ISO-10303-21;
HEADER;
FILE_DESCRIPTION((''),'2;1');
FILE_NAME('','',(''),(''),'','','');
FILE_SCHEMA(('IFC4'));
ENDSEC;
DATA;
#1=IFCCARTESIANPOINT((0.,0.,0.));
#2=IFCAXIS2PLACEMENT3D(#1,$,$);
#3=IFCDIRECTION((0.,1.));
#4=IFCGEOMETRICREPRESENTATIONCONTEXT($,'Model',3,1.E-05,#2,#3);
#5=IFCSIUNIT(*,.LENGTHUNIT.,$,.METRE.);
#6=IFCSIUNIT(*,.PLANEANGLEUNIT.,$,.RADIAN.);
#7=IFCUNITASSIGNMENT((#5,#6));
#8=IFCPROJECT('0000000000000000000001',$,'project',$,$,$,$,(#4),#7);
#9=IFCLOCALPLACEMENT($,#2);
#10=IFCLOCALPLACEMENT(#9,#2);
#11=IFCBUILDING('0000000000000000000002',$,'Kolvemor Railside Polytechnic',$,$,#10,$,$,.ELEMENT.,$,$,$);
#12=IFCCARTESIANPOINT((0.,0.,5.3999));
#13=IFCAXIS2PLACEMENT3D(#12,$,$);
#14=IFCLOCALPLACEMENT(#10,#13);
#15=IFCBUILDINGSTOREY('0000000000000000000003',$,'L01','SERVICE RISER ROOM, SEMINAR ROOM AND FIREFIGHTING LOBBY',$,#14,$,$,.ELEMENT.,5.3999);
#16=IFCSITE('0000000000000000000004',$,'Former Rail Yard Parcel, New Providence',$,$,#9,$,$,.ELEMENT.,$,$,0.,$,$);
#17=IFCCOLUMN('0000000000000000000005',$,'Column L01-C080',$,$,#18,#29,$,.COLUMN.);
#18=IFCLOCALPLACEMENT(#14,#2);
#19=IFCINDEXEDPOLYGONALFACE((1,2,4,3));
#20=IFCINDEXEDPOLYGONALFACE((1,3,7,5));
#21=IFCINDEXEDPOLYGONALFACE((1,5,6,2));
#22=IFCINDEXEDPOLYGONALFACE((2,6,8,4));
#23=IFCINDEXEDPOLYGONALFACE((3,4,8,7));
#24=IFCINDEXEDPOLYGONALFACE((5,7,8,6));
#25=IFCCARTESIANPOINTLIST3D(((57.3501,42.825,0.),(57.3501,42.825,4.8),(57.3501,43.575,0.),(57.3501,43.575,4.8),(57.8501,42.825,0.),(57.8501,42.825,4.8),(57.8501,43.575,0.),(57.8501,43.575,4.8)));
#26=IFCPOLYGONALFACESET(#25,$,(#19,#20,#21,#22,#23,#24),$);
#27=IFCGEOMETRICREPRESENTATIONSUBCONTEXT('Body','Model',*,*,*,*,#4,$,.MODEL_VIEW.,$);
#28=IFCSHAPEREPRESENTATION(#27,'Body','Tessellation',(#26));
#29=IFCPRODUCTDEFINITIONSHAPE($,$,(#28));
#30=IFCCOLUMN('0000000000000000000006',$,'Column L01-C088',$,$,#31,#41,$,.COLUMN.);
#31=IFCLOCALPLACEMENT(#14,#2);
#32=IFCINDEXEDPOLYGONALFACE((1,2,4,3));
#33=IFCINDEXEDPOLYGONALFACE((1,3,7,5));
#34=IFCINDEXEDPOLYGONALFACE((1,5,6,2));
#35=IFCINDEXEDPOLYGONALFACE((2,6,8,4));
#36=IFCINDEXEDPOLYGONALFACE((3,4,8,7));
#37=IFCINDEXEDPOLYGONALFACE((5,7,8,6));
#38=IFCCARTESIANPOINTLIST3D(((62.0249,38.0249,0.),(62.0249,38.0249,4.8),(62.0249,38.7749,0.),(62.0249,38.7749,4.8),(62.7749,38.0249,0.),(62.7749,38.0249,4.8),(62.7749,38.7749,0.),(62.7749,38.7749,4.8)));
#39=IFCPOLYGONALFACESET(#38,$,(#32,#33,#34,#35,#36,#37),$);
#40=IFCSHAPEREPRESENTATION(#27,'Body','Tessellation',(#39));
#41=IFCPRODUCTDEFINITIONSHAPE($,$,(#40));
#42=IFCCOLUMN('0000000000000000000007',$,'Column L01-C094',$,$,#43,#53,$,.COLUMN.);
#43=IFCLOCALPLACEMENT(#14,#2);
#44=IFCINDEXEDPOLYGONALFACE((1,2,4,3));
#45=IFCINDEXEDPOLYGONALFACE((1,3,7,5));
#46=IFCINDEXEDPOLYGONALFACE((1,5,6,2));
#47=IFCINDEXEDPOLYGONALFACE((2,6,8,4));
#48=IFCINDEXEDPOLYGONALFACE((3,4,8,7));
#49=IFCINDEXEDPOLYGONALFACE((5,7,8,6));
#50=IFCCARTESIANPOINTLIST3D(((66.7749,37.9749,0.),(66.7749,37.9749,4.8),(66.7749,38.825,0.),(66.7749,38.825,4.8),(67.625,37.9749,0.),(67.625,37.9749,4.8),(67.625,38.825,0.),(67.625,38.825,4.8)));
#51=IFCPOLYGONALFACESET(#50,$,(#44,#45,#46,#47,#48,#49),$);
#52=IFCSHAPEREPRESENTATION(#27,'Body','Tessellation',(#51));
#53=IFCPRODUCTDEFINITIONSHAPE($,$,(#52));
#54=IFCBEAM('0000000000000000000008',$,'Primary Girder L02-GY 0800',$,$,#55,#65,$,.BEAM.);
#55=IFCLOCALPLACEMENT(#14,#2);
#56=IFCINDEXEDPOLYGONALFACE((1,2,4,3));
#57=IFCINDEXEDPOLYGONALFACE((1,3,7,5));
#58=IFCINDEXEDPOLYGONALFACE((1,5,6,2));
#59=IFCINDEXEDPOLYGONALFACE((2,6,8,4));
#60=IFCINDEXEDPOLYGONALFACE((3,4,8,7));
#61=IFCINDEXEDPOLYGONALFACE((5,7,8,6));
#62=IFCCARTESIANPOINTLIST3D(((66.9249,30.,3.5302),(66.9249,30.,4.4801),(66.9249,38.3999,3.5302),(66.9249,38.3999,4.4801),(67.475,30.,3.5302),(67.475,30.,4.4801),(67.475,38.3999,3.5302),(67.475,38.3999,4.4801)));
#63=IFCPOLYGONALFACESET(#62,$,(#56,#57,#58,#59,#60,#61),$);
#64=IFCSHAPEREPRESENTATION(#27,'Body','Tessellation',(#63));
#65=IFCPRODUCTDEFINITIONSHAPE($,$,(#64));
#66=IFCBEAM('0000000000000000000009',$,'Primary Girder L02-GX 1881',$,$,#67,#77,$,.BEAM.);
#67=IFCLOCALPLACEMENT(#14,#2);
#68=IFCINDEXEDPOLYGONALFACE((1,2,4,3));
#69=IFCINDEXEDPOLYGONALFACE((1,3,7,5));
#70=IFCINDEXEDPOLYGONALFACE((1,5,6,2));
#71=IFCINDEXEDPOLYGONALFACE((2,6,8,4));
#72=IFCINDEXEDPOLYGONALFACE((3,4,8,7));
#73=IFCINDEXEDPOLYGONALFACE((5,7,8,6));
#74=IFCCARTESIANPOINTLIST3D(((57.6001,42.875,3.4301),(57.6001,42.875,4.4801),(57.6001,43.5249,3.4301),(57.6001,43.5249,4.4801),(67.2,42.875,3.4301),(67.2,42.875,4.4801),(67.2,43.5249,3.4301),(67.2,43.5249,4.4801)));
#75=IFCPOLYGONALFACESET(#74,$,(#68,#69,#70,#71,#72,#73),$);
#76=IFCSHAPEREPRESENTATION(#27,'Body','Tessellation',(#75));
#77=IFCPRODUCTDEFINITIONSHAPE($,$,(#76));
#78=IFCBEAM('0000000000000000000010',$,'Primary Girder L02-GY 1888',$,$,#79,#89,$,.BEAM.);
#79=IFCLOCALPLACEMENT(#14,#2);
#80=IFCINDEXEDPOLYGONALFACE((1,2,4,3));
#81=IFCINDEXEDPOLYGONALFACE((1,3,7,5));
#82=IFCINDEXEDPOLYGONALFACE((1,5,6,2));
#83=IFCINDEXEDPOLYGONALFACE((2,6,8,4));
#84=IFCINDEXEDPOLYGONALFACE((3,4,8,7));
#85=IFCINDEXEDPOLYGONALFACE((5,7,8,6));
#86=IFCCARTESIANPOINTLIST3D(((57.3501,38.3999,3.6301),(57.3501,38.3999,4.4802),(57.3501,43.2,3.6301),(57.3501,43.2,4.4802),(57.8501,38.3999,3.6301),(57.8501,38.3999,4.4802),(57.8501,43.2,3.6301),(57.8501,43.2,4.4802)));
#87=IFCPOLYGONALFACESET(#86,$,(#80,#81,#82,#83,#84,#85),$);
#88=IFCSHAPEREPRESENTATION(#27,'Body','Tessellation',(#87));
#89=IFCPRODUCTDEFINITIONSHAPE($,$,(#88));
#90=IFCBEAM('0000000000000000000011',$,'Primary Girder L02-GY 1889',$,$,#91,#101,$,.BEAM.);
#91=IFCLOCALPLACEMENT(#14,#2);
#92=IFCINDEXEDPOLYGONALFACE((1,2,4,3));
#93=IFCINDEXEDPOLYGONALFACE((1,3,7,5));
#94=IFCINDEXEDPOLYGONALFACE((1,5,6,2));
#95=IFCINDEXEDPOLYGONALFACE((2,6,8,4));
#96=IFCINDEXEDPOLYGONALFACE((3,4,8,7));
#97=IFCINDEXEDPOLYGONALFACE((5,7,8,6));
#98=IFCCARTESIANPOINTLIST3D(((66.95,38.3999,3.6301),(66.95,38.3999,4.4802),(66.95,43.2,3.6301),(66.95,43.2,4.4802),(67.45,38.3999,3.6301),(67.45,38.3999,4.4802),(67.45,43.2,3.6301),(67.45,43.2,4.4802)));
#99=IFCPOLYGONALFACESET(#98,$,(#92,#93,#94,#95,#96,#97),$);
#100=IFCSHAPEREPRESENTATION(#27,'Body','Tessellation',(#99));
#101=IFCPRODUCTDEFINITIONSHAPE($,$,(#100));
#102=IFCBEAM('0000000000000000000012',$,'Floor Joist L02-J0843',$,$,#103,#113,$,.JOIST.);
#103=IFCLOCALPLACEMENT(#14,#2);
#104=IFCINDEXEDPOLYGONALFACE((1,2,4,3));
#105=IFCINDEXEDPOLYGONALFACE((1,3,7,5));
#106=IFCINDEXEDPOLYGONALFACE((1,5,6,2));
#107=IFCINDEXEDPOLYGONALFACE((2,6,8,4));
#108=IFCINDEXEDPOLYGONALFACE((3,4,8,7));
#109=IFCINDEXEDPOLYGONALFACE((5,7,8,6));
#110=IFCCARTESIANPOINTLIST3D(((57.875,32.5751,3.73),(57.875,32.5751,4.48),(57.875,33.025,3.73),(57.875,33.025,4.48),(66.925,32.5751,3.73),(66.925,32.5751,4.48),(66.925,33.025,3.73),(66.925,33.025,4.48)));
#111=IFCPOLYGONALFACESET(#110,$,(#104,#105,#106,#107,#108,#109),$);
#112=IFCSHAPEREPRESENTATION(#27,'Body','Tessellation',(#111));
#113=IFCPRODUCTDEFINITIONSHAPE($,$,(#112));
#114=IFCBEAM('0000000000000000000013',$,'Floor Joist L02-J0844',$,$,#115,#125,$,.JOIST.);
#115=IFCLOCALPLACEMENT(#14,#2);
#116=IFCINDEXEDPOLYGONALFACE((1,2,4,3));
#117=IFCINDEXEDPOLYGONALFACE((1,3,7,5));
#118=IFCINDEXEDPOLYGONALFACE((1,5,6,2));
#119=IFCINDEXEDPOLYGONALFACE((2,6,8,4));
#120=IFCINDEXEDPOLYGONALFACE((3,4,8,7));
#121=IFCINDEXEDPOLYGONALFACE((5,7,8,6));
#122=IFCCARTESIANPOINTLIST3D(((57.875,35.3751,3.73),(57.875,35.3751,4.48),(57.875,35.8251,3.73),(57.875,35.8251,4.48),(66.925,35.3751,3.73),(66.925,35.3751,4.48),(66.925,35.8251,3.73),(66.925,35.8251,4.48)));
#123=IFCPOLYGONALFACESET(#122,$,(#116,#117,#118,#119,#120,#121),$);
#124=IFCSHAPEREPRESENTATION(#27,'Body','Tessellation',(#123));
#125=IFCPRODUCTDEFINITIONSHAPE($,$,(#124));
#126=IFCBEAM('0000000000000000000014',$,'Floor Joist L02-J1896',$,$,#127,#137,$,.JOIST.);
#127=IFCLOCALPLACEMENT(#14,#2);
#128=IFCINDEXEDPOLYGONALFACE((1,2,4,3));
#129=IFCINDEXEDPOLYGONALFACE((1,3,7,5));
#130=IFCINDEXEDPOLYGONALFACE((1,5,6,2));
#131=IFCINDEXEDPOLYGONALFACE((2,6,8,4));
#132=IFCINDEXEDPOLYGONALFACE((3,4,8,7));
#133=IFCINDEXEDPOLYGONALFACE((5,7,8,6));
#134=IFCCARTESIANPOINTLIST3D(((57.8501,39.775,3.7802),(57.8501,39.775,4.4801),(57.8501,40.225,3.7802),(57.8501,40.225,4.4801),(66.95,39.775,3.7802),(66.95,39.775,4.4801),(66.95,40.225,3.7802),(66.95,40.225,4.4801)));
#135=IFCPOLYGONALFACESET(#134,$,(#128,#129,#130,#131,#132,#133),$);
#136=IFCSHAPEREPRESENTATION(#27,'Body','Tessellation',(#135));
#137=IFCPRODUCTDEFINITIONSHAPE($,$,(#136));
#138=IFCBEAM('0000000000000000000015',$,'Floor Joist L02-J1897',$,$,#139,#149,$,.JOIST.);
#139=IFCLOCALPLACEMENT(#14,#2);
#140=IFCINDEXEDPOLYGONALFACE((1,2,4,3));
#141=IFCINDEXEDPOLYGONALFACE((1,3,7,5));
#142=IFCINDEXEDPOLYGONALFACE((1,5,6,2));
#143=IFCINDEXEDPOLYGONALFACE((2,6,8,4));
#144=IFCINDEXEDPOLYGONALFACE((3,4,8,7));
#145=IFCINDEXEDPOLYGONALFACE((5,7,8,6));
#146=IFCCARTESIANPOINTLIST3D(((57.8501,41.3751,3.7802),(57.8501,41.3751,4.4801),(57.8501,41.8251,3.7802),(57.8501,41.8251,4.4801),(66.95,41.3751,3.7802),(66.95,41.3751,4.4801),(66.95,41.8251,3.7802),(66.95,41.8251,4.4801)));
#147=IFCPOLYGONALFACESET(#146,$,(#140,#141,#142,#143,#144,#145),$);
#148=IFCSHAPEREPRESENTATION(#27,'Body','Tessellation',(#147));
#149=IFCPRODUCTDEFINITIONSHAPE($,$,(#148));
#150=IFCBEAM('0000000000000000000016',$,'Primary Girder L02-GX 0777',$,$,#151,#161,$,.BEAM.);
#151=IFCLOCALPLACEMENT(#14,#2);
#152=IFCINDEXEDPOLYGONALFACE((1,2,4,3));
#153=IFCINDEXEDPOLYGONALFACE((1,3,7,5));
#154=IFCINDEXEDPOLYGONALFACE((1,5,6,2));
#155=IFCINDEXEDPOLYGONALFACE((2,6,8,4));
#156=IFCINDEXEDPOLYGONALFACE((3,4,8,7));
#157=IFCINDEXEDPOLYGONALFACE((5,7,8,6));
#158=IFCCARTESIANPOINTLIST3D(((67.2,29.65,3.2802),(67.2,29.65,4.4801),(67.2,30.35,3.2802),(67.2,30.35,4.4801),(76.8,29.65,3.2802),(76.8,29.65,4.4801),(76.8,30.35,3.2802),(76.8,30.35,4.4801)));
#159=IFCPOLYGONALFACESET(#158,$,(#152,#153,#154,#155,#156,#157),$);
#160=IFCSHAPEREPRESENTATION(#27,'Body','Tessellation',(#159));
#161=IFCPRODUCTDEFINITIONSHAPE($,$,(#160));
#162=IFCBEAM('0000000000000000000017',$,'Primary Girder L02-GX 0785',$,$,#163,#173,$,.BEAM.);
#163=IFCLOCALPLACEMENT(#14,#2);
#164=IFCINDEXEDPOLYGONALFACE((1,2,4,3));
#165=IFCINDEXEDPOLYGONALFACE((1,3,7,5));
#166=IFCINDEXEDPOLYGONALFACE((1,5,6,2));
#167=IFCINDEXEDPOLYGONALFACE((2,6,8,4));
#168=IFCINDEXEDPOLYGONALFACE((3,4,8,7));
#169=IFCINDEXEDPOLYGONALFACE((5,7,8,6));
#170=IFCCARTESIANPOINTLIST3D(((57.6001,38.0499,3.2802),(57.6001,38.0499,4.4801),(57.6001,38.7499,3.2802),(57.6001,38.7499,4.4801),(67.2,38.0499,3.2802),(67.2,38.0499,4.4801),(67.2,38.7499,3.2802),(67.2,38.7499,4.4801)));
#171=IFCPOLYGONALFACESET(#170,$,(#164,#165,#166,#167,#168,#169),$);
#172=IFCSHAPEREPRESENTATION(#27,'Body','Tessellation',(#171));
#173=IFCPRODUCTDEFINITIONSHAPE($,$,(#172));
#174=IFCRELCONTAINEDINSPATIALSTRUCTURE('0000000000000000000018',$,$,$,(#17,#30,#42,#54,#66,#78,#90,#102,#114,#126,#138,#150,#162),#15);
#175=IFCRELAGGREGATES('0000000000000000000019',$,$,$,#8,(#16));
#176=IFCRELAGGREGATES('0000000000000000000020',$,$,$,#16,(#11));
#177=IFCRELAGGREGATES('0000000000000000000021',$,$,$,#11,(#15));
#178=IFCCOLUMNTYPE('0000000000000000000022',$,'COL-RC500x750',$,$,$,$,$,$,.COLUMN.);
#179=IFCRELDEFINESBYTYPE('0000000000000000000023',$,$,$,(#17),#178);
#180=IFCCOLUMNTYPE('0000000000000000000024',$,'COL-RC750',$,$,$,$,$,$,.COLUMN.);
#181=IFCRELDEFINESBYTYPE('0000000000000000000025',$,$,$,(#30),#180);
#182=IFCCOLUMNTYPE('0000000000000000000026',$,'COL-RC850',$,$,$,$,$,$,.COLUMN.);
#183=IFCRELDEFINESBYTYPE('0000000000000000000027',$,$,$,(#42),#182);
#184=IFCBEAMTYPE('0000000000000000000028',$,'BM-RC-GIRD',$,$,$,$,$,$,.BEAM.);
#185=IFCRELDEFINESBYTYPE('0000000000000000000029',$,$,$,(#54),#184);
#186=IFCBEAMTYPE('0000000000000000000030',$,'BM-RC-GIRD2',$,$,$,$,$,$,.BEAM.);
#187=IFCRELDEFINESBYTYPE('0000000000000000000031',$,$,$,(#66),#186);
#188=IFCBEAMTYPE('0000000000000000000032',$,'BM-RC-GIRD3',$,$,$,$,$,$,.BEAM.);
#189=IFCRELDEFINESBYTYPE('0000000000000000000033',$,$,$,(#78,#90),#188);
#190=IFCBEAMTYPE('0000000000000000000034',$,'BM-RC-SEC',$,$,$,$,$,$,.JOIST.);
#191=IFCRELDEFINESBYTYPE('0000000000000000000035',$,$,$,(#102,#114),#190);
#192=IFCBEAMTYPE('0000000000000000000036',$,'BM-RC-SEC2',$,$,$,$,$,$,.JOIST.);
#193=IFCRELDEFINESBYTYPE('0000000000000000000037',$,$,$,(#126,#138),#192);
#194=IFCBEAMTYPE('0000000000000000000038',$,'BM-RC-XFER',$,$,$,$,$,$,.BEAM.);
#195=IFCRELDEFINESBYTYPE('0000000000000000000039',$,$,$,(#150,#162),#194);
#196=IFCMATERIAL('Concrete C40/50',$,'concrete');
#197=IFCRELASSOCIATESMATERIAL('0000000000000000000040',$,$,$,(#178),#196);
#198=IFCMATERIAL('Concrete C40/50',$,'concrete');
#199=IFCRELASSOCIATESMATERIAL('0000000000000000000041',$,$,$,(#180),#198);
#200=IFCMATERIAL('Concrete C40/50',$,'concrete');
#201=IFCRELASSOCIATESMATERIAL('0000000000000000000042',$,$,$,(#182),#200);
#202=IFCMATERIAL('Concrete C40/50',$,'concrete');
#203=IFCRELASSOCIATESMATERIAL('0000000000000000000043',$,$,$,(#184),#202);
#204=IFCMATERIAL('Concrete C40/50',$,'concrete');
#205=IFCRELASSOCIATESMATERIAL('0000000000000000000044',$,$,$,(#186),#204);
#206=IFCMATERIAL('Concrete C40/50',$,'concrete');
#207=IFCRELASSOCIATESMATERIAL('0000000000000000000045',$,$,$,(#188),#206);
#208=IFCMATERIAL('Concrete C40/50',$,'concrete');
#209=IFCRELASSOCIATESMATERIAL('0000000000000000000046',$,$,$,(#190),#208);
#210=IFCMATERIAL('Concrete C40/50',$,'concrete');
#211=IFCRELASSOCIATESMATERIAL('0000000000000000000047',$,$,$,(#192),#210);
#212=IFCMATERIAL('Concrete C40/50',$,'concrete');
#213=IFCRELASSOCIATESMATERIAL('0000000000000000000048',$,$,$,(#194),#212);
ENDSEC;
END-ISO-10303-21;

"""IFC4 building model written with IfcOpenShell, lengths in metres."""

from ifc_helpers import new_model, si_unit, direction, frame, origin, origin_2d, place, context, subcontext, project, spatial, rectangle, extrude, material, material_profile, profile_set, type_object, element, save


model = new_model("IFC4")

# Units and contexts
model_context = context("Model", 3, precision=1e-05, world=origin(), true_north=direction((0.0, 1.0)))
body_context = subcontext(model_context, "Body", "Model", "MODEL_VIEW")
ifc_project = project(units=[si_unit("LENGTHUNIT", "METRE"), si_unit("PLANEANGLEUNIT", "RADIAN")], contexts=[model_context])

# Site, building, storey
site_placement = place(None, origin())
site = spatial("IfcSite", under=ifc_project, at=site_placement, Name="Former Rail Yard Parcel, New Providence", CompositionType="ELEMENT", RefElevation=0.0)
building_placement = place(site_placement, origin())
building = spatial("IfcBuilding", under=site, at=building_placement, Name="Kolvemor Railside Polytechnic", CompositionType="ELEMENT")
storey_placement = place(building_placement, frame((0.0, 0.0, 5.3999)))
storey = spatial("IfcBuildingStorey", under=building, at=storey_placement, Name="L01", Description="SERVICE RISER ROOM, SEMINAR ROOM AND FIREFIGHTING LOBBY", CompositionType="ELEMENT", Elevation=5.3999)

# Columns
ifc_material_1 = material(Name="Concrete C40/50", Category="concrete")
ifc_material_profile_1 = material_profile(ifc_material_1, rectangle(XDim=0.5, YDim=0.75, at=origin_2d()), Name="RC500x750")
ifc_profile_set_1 = profile_set([ifc_material_profile_1], Name="Concrete C40/50")
column_type_1 = type_object("IfcColumnType", Name="COL-RC500x750", PredefinedType="COLUMN", material=ifc_profile_set_1)
column_1_placement = place(storey_placement, frame((57.6001, 43.2, 0.0), z_axis=(0.0, 0.0, 1.0), x_axis=(1.0, 0.0, 0.0)))
element("IfcColumn", 1, at=column_1_placement, inside=storey, type_object=column_type_1, Name="Column L01-C080", PredefinedType="COLUMN", context=body_context, shape_type="SweptSolid", body=[
    extrude(rectangle(XDim=0.5, YDim=0.75, at=origin_2d()), origin(), (0.0, 0.0, 1.0), 4.8),
])
ifc_material_2 = material(Name="Concrete C40/50", Category="concrete")
ifc_material_profile_2 = material_profile(ifc_material_2, rectangle(XDim=0.75, YDim=0.75, at=origin_2d()), Name="RC750x750")
ifc_profile_set_2 = profile_set([ifc_material_profile_2], Name="Concrete C40/50")
column_type_2 = type_object("IfcColumnType", Name="COL-RC750", PredefinedType="COLUMN", material=ifc_profile_set_2)
column_2_placement = place(storey_placement, frame((62.3999, 38.3999, 0.0), z_axis=(0.0, 0.0, 1.0), x_axis=(1.0, 0.0, 0.0)))
element("IfcColumn", 2, at=column_2_placement, inside=storey, type_object=column_type_2, Name="Column L01-C088", PredefinedType="COLUMN", context=body_context, shape_type="SweptSolid", body=[
    extrude(rectangle(XDim=0.75, YDim=0.75, at=origin_2d()), origin(), (0.0, 0.0, 1.0), 4.8),
])
ifc_material_3 = material(Name="Concrete C40/50", Category="concrete")
ifc_material_profile_3 = material_profile(ifc_material_3, rectangle(XDim=0.8501, YDim=0.8501, at=origin_2d()), Name="RC850x850")
ifc_profile_set_3 = profile_set([ifc_material_profile_3], Name="Concrete C40/50")
column_type_3 = type_object("IfcColumnType", Name="COL-RC850", PredefinedType="COLUMN", material=ifc_profile_set_3)
column_3_placement = place(storey_placement, frame((67.2, 38.3999, 0.0), z_axis=(0.0, 0.0, 1.0), x_axis=(1.0, 0.0, 0.0)))
element("IfcColumn", 3, at=column_3_placement, inside=storey, type_object=column_type_3, Name="Column L01-C094", PredefinedType="COLUMN", context=body_context, shape_type="SweptSolid", body=[
    extrude(rectangle(XDim=0.8501, YDim=0.8501, at=origin_2d()), origin(), (0.0, 0.0, 1.0), 4.8),
])

# Beams
ifc_material_4 = material(Name="Concrete C40/50", Category="concrete")
ifc_material_profile_4 = material_profile(ifc_material_4, rectangle(XDim=0.55, YDim=0.95, at=origin_2d()), Name="RC550x950")
ifc_profile_set_4 = profile_set([ifc_material_profile_4], Name="Concrete C40/50")
beam_type_1 = type_object("IfcBeamType", Name="BM-RC-GIRD", PredefinedType="BEAM", material=ifc_profile_set_4)
beam_1_placement = place(storey_placement, frame((67.2, 30.0, 4.0051), z_axis=(0.0, 1.0, 0.0), x_axis=(-1.0, 0.0, 0.0)))
element("IfcBeam", 4, at=beam_1_placement, inside=storey, type_object=beam_type_1, Name="Primary Girder L02-GY 0800", PredefinedType="BEAM", context=body_context, shape_type="SweptSolid", body=[
    extrude(rectangle(XDim=0.55, YDim=0.95, at=origin_2d()), origin(), (0.0, 0.0, 1.0), 8.3999),
])
ifc_material_5 = material(Name="Concrete C40/50", Category="concrete")
ifc_material_profile_5 = material_profile(ifc_material_5, rectangle(XDim=0.6499, YDim=1.05, at=origin_2d()), Name="RC650x1050")
ifc_profile_set_5 = profile_set([ifc_material_profile_5], Name="Concrete C40/50")
beam_type_2 = type_object("IfcBeamType", Name="BM-RC-GIRD2", PredefinedType="BEAM", material=ifc_profile_set_5)
beam_2_placement = place(storey_placement, frame((57.6001, 43.2, 3.9551), z_axis=(1.0, 0.0, 0.0), x_axis=(0.0, 1.0, 0.0)))
element("IfcBeam", 5, at=beam_2_placement, inside=storey, type_object=beam_type_2, Name="Primary Girder L02-GX 1881", PredefinedType="BEAM", context=body_context, shape_type="SweptSolid", body=[
    extrude(rectangle(XDim=0.6499, YDim=1.05, at=origin_2d()), origin(), (0.0, 0.0, 1.0), 9.5999),
])
ifc_material_6 = material(Name="Concrete C40/50", Category="concrete")
ifc_material_profile_6 = material_profile(ifc_material_6, rectangle(XDim=0.5, YDim=0.8501, at=origin_2d()), Name="RC500x850")
ifc_profile_set_6 = profile_set([ifc_material_profile_6], Name="Concrete C40/50")
beam_type_3 = type_object("IfcBeamType", Name="BM-RC-GIRD3", PredefinedType="BEAM", material=ifc_profile_set_6)
for number, where, z_axis, x_axis, name in (
    (6, (57.6001, 38.3999, 4.0552), (0.0, 1.0, 0.0), (-1.0, 0.0, 0.0), "Primary Girder L02-GY 1888"),
    (7, (67.2, 38.3999, 4.0552), (0.0, 1.0, 0.0), (-1.0, 0.0, 0.0), "Primary Girder L02-GY 1889"),
):
    element("IfcBeam", number, at=place(storey_placement, frame(where, z_axis=z_axis, x_axis=x_axis)), inside=storey, type_object=beam_type_3, Name=name, PredefinedType="BEAM", context=body_context, shape_type="SweptSolid", body=[
        extrude(rectangle(XDim=0.5, YDim=0.8501, at=origin_2d()), origin(), (0.0, 0.0, 1.0), 4.8),
    ])
ifc_material_7 = material(Name="Concrete C40/50", Category="concrete")
ifc_material_profile_7 = material_profile(ifc_material_7, rectangle(XDim=0.45, YDim=0.75, at=origin_2d()), Name="RC450x750")
ifc_profile_set_7 = profile_set([ifc_material_profile_7], Name="Concrete C40/50")
beam_type_4 = type_object("IfcBeamType", Name="BM-RC-SEC", PredefinedType="JOIST", material=ifc_profile_set_7)
for number, where, z_axis, x_axis, name in (
    (8, (57.875, 32.8, 4.105), (1.0, 0.0, 0.0), (0.0, 1.0, 0.0), "Floor Joist L02-J0843"),
    (9, (57.875, 35.6001, 4.105), (1.0, 0.0, 0.0), (0.0, 1.0, 0.0), "Floor Joist L02-J0844"),
):
    element("IfcBeam", number, at=place(storey_placement, frame(where, z_axis=z_axis, x_axis=x_axis)), inside=storey, type_object=beam_type_4, Name=name, PredefinedType="JOIST", context=body_context, shape_type="SweptSolid", body=[
        extrude(rectangle(XDim=0.45, YDim=0.75, at=origin_2d()), origin(), (0.0, 0.0, 1.0), 9.05),
    ])
ifc_material_8 = material(Name="Concrete C40/50", Category="concrete")
ifc_material_profile_8 = material_profile(ifc_material_8, rectangle(XDim=0.45, YDim=0.7, at=origin_2d()), Name="RC450x700")
ifc_profile_set_8 = profile_set([ifc_material_profile_8], Name="Concrete C40/50")
beam_type_5 = type_object("IfcBeamType", Name="BM-RC-SEC2", PredefinedType="JOIST", material=ifc_profile_set_8)
for number, where, z_axis, x_axis, name in (
    (10, (57.8501, 40.0, 4.1301), (1.0, 0.0, 0.0), (0.0, 1.0, 0.0), "Floor Joist L02-J1896"),
    (11, (57.8501, 41.6001, 4.1301), (1.0, 0.0, 0.0), (0.0, 1.0, 0.0), "Floor Joist L02-J1897"),
):
    element("IfcBeam", number, at=place(storey_placement, frame(where, z_axis=z_axis, x_axis=x_axis)), inside=storey, type_object=beam_type_5, Name=name, PredefinedType="JOIST", context=body_context, shape_type="SweptSolid", body=[
        extrude(rectangle(XDim=0.45, YDim=0.7, at=origin_2d()), origin(), (0.0, 0.0, 1.0), 9.0999),
    ])
ifc_material_9 = material(Name="Concrete C40/50", Category="concrete")
ifc_material_profile_9 = material_profile(ifc_material_9, rectangle(XDim=0.7, YDim=1.2, at=origin_2d()), Name="RC700x1200")
ifc_profile_set_9 = profile_set([ifc_material_profile_9], Name="Concrete C40/50")
beam_type_6 = type_object("IfcBeamType", Name="BM-RC-XFER", PredefinedType="BEAM", material=ifc_profile_set_9)
beam_3_placement = place(storey_placement, frame((67.2, 30.0, 3.8801), z_axis=(1.0, 0.0, 0.0), x_axis=(0.0, 1.0, 0.0)))
element("IfcBeam", 12, at=beam_3_placement, inside=storey, type_object=beam_type_6, Name="Primary Girder L02-GX 0777", PredefinedType="BEAM", context=body_context, shape_type="SweptSolid", body=[
    extrude(rectangle(XDim=0.7, YDim=1.2, at=origin_2d()), origin(), (0.0, 0.0, 1.0), 9.6001),
])
beam_4_placement = place(storey_placement, frame((57.6001, 38.3999, 3.8801), z_axis=(1.0, 0.0, 0.0), x_axis=(0.0, 1.0, 0.0)))
element("IfcBeam", 13, at=beam_4_placement, inside=storey, type_object=beam_type_6, Name="Primary Girder L02-GX 0785", PredefinedType="BEAM", context=body_context, shape_type="SweptSolid", body=[
    extrude(rectangle(XDim=0.7, YDim=1.2, at=origin_2d()), origin(), (0.0, 0.0, 1.0), 9.5999),
])

save(model, "model.ifc")
